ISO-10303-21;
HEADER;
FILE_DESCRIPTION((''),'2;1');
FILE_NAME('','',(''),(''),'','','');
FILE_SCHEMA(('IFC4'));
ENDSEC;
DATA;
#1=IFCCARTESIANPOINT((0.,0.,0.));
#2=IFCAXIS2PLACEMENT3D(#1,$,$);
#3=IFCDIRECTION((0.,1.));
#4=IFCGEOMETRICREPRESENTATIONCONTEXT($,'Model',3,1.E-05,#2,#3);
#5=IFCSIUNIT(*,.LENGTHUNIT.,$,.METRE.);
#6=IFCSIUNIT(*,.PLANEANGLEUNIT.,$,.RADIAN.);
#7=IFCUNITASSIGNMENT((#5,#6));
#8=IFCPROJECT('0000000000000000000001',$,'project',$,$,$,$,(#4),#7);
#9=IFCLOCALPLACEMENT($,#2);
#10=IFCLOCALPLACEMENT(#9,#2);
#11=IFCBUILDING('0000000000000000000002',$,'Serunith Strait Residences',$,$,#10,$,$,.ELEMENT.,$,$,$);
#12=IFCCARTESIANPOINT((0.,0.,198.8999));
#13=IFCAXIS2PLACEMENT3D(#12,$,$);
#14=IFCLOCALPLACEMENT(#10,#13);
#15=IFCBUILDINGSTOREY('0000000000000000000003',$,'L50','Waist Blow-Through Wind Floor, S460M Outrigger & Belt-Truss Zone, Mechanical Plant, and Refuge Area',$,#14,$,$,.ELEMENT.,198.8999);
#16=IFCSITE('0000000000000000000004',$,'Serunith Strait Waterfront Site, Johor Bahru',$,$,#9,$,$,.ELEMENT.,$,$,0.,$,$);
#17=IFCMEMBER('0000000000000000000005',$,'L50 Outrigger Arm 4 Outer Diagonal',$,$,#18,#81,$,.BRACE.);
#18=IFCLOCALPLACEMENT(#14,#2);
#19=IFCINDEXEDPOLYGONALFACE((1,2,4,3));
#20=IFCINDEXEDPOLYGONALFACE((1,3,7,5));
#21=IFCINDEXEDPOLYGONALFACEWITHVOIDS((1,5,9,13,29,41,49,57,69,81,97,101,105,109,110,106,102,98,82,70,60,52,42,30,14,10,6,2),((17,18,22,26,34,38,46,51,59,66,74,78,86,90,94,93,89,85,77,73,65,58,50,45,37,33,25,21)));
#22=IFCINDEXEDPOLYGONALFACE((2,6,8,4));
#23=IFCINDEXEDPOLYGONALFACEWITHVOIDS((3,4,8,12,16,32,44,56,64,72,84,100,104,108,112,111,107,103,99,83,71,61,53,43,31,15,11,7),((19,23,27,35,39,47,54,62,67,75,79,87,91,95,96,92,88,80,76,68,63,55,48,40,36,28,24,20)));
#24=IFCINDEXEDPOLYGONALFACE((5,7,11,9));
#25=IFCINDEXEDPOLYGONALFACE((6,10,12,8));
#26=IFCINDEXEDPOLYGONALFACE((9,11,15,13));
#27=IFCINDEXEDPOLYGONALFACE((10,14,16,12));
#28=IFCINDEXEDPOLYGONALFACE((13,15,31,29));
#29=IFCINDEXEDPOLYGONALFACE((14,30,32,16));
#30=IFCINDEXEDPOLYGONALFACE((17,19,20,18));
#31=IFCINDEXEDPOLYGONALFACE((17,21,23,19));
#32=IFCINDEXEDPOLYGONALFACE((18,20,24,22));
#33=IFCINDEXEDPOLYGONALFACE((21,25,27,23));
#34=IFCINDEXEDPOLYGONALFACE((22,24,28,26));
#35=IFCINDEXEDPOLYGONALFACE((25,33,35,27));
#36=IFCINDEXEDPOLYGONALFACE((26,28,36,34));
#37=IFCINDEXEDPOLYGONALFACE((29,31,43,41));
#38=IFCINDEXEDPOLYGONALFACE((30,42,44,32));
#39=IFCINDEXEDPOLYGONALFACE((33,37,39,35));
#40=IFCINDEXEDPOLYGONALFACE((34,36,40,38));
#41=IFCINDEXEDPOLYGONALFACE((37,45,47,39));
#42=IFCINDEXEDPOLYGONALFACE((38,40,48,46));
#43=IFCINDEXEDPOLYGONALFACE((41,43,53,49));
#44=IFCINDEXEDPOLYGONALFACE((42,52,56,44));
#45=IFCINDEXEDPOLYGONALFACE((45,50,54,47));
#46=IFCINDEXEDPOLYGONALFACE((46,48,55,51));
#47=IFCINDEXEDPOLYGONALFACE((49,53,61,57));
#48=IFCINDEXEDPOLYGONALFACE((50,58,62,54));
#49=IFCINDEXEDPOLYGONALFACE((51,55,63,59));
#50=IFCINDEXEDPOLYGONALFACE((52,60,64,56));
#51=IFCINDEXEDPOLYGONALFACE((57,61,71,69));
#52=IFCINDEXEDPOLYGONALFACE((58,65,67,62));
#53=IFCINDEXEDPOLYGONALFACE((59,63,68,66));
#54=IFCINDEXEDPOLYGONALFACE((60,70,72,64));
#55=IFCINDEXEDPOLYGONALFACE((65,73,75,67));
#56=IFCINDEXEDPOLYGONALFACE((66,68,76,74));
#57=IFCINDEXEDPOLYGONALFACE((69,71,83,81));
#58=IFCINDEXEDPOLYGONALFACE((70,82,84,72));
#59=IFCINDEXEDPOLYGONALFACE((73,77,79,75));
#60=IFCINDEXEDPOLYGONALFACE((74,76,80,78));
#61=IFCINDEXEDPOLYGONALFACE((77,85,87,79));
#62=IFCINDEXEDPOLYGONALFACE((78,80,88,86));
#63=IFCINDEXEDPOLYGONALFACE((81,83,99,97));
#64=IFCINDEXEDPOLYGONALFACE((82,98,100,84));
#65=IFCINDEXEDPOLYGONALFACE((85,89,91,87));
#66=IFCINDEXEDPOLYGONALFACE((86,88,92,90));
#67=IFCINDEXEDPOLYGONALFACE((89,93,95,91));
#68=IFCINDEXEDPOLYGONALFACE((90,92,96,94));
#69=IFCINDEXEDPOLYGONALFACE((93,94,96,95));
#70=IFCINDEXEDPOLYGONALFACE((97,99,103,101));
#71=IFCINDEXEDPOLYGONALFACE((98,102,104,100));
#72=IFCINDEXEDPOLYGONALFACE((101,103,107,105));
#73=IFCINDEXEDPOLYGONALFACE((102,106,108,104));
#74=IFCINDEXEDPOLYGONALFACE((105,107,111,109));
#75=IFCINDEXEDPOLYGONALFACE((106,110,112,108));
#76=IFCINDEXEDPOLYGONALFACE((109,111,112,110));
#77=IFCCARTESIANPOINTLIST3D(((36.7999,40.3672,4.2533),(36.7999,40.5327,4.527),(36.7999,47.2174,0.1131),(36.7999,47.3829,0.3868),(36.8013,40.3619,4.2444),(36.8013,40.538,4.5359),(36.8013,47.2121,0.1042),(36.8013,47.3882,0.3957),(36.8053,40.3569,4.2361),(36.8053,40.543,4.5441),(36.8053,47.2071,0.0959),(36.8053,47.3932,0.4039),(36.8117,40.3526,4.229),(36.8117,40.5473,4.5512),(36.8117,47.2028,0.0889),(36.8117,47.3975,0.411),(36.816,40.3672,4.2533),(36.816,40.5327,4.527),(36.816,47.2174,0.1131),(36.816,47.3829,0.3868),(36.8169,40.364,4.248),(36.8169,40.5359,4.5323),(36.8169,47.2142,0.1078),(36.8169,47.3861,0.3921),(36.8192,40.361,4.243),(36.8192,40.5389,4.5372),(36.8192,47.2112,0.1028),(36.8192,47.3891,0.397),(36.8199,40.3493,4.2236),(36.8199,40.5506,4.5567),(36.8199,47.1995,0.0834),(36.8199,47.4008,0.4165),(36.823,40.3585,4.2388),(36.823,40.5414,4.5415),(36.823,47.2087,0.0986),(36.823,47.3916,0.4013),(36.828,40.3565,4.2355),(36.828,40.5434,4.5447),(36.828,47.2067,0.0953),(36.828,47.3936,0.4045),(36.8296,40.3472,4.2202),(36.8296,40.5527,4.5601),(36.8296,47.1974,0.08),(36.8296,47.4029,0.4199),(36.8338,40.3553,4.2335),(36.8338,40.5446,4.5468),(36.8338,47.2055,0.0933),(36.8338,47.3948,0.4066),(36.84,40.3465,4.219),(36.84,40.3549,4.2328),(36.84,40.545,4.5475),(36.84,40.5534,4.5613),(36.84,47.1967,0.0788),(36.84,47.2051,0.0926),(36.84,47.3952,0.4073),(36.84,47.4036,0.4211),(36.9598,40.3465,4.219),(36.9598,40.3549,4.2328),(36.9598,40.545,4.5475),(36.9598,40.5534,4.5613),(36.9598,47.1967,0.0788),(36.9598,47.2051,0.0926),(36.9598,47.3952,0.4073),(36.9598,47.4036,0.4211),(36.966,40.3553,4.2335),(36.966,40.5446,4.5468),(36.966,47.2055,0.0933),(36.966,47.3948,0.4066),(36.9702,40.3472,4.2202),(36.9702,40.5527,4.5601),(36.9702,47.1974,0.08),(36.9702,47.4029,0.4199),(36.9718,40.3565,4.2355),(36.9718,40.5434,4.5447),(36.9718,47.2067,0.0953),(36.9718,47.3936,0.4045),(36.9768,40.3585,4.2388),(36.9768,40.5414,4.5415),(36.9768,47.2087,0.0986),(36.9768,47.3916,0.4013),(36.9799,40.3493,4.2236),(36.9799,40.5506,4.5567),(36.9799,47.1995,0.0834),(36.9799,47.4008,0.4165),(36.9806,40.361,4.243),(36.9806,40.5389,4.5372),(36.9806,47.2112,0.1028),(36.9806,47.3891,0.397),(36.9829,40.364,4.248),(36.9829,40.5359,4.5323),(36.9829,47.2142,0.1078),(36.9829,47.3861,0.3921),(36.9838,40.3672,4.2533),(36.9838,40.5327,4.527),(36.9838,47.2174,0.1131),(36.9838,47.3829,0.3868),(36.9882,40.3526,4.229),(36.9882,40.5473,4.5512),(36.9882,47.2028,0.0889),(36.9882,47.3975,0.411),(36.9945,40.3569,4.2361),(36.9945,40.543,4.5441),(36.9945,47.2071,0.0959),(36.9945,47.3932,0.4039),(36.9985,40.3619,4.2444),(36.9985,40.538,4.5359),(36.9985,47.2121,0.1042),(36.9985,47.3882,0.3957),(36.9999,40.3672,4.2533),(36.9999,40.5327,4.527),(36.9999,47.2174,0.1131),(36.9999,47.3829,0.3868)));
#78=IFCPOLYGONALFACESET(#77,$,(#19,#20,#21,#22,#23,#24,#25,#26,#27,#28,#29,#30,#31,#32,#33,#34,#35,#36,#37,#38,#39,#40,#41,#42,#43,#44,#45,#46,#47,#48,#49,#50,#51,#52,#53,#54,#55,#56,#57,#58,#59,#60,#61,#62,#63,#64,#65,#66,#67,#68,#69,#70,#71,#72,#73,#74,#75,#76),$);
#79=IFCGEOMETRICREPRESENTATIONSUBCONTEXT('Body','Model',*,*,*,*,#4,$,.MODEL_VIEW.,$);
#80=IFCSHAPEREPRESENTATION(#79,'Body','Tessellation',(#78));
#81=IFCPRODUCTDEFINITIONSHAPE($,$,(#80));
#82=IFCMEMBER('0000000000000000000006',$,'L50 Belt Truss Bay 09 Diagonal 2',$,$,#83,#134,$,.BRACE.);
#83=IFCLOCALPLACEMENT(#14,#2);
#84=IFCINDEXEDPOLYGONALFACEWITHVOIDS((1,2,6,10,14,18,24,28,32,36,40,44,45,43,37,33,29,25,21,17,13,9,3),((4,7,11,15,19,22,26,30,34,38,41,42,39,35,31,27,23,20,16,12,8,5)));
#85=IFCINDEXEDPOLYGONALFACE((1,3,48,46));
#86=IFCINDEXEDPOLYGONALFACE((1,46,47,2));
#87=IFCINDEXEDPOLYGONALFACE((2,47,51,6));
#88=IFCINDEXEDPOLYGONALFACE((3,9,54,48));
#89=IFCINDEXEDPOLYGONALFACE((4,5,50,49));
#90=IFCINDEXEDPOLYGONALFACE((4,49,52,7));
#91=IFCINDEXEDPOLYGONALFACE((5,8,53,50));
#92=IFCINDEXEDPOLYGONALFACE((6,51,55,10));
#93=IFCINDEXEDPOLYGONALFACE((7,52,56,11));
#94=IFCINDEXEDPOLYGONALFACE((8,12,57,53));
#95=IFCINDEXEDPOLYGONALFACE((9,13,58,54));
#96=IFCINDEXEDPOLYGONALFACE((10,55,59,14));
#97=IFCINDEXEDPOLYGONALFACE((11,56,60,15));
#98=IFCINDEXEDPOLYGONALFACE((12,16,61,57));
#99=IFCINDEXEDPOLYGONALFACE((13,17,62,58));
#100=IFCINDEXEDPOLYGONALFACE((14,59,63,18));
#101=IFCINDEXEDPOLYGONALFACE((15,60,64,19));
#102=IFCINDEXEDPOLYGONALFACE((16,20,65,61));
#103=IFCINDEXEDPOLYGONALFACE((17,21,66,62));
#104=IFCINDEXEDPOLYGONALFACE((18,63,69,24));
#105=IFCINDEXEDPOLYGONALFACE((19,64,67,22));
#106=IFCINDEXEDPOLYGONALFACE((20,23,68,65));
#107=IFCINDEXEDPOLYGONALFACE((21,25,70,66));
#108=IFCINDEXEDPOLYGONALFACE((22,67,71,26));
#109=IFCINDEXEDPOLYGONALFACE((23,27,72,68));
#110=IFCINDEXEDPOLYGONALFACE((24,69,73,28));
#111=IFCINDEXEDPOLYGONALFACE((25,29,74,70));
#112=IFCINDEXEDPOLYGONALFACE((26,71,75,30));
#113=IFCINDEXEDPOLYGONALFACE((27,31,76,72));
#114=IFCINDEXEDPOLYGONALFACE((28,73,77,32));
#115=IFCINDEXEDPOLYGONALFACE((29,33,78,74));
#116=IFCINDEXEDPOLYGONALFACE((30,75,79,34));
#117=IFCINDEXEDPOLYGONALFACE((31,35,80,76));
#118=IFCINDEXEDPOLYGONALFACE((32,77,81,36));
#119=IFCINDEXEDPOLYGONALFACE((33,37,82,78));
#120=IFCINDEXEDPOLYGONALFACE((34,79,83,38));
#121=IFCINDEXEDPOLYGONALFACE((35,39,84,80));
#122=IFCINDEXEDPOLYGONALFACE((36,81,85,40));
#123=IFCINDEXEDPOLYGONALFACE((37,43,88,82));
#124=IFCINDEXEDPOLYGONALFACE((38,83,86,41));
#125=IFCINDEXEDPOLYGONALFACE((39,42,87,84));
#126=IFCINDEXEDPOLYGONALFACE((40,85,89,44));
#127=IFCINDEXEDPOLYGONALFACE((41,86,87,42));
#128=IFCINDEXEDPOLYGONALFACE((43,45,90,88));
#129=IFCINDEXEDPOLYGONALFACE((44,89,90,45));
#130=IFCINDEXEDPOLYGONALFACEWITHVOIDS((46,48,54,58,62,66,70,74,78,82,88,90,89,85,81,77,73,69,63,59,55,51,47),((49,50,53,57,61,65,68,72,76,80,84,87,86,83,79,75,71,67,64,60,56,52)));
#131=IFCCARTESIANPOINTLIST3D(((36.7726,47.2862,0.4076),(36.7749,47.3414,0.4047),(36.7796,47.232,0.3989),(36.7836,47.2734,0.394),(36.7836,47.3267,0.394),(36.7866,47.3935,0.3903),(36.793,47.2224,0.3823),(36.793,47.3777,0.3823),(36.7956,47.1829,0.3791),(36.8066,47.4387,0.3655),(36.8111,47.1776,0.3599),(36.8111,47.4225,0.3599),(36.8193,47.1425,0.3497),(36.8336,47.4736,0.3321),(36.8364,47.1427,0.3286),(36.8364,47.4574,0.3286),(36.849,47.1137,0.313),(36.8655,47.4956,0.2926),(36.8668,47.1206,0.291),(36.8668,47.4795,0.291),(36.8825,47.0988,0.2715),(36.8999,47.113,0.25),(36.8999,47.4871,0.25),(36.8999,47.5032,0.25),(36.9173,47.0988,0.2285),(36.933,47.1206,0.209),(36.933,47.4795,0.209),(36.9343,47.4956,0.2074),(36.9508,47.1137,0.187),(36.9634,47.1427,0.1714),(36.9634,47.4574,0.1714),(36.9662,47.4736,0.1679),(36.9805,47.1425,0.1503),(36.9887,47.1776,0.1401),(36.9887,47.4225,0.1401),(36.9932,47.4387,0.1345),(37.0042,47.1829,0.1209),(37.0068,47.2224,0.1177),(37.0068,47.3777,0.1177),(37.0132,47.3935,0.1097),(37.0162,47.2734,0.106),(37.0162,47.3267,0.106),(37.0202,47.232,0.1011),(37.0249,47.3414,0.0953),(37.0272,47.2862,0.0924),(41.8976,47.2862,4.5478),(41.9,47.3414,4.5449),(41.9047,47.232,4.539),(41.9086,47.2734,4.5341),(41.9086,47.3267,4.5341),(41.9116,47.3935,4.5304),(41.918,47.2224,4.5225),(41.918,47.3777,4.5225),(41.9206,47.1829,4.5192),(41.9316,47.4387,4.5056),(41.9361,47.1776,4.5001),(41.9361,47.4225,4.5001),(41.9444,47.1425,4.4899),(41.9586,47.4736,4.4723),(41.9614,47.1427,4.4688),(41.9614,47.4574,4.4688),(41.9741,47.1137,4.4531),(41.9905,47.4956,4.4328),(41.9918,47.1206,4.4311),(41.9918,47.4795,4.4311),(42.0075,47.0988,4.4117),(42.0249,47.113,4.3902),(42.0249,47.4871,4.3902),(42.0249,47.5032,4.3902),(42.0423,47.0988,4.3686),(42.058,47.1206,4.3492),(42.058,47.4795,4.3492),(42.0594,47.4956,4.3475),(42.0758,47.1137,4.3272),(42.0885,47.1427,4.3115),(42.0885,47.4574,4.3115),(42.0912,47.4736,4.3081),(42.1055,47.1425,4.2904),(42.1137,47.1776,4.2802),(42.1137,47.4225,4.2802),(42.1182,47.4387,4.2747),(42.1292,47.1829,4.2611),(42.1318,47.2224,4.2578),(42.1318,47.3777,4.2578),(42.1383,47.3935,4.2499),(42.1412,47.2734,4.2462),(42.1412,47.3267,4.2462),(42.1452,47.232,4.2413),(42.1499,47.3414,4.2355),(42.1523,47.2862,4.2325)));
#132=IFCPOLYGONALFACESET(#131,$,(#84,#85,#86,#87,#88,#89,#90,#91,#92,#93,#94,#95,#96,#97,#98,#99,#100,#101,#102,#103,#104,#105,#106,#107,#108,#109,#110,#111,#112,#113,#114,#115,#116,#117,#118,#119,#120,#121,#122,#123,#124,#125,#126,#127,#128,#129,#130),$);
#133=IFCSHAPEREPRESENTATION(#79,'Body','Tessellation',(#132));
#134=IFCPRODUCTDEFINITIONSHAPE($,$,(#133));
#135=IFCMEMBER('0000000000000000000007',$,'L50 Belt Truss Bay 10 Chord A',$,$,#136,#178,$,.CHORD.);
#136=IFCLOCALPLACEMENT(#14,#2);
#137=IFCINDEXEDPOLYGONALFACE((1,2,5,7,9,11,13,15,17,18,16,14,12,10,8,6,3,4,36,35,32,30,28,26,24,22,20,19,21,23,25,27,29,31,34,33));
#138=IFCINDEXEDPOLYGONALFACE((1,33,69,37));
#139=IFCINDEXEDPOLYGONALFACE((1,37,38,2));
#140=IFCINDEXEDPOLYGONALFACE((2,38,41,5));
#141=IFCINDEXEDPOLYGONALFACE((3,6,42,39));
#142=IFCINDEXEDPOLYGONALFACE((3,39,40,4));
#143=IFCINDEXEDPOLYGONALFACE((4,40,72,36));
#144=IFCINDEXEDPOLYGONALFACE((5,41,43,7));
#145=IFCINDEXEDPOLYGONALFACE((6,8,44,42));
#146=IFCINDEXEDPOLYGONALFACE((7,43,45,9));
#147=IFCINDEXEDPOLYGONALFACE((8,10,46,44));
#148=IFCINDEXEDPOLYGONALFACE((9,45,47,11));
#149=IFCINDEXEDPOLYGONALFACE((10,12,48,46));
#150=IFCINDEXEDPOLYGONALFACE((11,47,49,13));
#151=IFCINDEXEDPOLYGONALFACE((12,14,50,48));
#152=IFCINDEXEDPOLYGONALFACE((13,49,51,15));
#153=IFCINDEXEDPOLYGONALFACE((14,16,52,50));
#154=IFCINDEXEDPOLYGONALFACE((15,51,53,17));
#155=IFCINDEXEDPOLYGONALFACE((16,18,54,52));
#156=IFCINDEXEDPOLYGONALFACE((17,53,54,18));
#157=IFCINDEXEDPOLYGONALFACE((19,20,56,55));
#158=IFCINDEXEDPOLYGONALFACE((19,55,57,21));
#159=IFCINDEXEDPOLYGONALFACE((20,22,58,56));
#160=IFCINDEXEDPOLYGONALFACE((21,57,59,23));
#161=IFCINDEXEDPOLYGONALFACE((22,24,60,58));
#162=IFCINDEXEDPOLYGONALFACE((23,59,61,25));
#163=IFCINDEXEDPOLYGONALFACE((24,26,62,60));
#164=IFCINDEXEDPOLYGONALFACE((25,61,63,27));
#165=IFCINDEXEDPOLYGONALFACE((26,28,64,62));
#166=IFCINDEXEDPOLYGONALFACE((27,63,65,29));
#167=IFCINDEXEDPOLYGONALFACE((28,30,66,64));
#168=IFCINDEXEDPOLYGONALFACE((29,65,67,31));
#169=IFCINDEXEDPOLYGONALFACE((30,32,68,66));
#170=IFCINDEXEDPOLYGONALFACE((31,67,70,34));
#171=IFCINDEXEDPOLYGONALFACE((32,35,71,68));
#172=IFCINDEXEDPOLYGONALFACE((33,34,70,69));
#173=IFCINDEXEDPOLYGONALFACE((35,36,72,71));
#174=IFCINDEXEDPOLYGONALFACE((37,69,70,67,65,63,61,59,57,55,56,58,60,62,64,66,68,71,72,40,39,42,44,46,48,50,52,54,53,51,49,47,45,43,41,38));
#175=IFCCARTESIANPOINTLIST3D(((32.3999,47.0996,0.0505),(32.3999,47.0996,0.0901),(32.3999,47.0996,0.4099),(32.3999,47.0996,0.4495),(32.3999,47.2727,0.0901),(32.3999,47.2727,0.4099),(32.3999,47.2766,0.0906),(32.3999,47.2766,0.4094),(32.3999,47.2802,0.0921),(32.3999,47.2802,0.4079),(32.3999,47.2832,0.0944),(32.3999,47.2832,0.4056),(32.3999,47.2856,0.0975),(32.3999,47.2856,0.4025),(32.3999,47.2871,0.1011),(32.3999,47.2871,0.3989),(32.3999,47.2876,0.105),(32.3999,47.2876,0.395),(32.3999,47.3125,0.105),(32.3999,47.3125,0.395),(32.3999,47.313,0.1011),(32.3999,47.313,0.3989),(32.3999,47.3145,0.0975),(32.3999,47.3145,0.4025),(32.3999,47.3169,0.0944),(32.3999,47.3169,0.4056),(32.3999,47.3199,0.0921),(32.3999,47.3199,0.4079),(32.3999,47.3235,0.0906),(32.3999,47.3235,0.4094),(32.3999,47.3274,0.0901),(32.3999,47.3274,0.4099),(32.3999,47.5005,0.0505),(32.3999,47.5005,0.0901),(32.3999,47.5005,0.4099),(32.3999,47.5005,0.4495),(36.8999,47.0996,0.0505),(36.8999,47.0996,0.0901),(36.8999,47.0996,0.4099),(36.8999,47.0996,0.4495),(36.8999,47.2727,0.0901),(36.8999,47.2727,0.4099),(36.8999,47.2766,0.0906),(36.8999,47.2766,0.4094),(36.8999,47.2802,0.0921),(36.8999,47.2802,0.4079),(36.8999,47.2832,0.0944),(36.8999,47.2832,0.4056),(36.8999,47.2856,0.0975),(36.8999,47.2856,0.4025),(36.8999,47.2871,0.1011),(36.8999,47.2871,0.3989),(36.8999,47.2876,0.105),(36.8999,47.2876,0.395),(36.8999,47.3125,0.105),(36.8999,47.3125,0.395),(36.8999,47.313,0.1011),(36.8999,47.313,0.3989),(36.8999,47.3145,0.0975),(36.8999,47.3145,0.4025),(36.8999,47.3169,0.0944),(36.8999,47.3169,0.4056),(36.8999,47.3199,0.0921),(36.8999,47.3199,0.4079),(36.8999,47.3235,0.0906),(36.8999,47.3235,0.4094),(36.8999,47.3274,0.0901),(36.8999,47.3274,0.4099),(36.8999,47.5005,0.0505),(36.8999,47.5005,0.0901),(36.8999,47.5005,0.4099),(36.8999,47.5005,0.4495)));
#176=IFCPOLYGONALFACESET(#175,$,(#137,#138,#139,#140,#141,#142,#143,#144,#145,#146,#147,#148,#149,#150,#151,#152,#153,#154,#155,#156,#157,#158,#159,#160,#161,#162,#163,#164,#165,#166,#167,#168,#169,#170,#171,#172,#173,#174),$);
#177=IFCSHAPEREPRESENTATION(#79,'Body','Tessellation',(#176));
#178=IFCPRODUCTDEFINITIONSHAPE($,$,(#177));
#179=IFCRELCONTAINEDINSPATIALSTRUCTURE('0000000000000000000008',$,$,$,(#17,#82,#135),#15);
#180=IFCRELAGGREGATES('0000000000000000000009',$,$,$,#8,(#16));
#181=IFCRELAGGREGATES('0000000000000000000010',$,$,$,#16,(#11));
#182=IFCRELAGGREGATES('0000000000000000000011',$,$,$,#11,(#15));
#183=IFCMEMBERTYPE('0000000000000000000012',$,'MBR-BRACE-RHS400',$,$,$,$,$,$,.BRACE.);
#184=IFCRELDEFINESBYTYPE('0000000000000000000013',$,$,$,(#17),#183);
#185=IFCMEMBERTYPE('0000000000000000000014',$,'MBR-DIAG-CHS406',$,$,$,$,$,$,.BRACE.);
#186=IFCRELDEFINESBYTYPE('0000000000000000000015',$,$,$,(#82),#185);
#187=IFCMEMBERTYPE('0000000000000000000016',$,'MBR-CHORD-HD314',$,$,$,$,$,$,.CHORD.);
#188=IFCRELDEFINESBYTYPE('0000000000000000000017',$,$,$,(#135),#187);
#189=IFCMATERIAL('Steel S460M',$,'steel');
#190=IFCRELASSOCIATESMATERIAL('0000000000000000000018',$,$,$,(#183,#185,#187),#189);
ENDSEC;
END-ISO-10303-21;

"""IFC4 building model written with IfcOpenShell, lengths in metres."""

from ifc_helpers import new_model, si_unit, direction, frame, origin, origin_2d, place, context, subcontext, project, spatial, hollow_rectangle, hollow_circle, i_section, extrude, source, transform, mapped, material, material_profile, profile_set, type_object, element, save


model = new_model("IFC4")

# Units and contexts
model_context = context("Model", 3, precision=1e-05, world=origin(), true_north=direction((0.0, 1.0)))
body_context = subcontext(model_context, "Body", "Model", "MODEL_VIEW")
ifc_project = project(units=[si_unit("LENGTHUNIT", "METRE"), si_unit("PLANEANGLEUNIT", "RADIAN")], contexts=[model_context])

# Site, building, storey
site_placement = place(None, origin())
site = spatial("IfcSite", under=ifc_project, at=site_placement, Name="Serunith Strait Waterfront Site, Johor Bahru", CompositionType="ELEMENT", RefElevation=0.0)
building_placement = place(site_placement, origin())
building = spatial("IfcBuilding", under=site, at=building_placement, Name="Serunith Strait Residences", CompositionType="ELEMENT")
storey_placement = place(building_placement, frame((0.0, 0.0, 198.8999)))
storey = spatial("IfcBuildingStorey", under=building, at=storey_placement, Name="L50", Description="Waist Blow-Through Wind Floor, S460M Outrigger & Belt-Truss Zone, Mechanical Plant, and Refuge Area", CompositionType="ELEMENT", Elevation=198.8999)

# Members
ifc_material_1 = material(Name="Steel S460M", Category="steel")
ifc_material_profile_1 = material_profile(ifc_material_1, hollow_rectangle(XDim=0.2, YDim=0.3999, WallThickness=0.0161, InnerFilletRadius=0.0239, OuterFilletRadius=0.04, at=origin_2d()), Name="RHS 400x200x16")
ifc_profile_set_1 = profile_set([ifc_material_profile_1], Name="Steel S460M")
member_type_1 = type_object("IfcMemberType", Name="MBR-BRACE-RHS400", PredefinedType="BRACE", material=ifc_profile_set_1)
shared_shape_1 = source(origin(), body_context, "Body", "SweptSolid", [
    extrude(hollow_rectangle(XDim=0.2, YDim=0.3999, WallThickness=0.0161, InnerFilletRadius=0.0239, OuterFilletRadius=0.04, at=origin_2d()), origin(), (0.0, 0.0, 1.0), 8.0042),
])
member_1_placement = place(storey_placement, frame((36.8999, 40.45, 4.3901), z_axis=(0.0, 0.855831, -0.517256), x_axis=(-1.0, 0.0, 0.0)))
element("IfcMember", 1, at=member_1_placement, inside=storey, type_object=member_type_1, Name="L50 Outrigger Arm 4 Outer Diagonal", PredefinedType="BRACE", context=body_context, shape_type="MappedRepresentation", body=[
    mapped(shared_shape_1, transform((0.0, 0.0, 0.0), scale=1.0)),
])
ifc_material_profile_2 = material_profile(ifc_material_1, hollow_circle(Radius=0.2031, WallThickness=0.0161, at=origin_2d()), Name="CHS 406.4x16")
ifc_profile_set_2 = profile_set([ifc_material_profile_2], Name="Steel S460M")
member_type_2 = type_object("IfcMemberType", Name="MBR-DIAG-CHS406", PredefinedType="BRACE", material=ifc_profile_set_2)
shared_shape_2 = source(origin(), body_context, "Body", "SweptSolid", [
    extrude(hollow_circle(Radius=0.2031, WallThickness=0.0161, at=origin_2d()), origin(), (0.0, 0.0, 1.0), 6.5884),
])
member_2_placement = place(storey_placement, frame((36.8999, 47.3, 0.25), z_axis=(0.777888, 0.0, 0.628403), x_axis=(0.0, 1.0, 0.0)))
element("IfcMember", 2, at=member_2_placement, inside=storey, type_object=member_type_2, Name="L50 Belt Truss Bay 09 Diagonal 2", PredefinedType="BRACE", context=body_context, shape_type="MappedRepresentation", body=[
    mapped(shared_shape_2, transform((0.0, 0.0, 0.0), scale=1.0)),
])
ifc_material_profile_3 = material_profile(ifc_material_1, i_section(OverallWidth=0.4009, OverallDepth=0.3989, WebThickness=0.0249, FlangeThickness=0.0396, FilletRadius=0.0149, at=origin_2d()), Name="HD 400x314")
ifc_profile_set_3 = profile_set([ifc_material_profile_3], Name="Steel S460M")
member_type_3 = type_object("IfcMemberType", Name="MBR-CHORD-HD314", PredefinedType="CHORD", material=ifc_profile_set_3)
shared_shape_3 = source(origin(), body_context, "Body", "SweptSolid", [
    extrude(i_section(OverallWidth=0.4009, OverallDepth=0.3989, WebThickness=0.0249, FlangeThickness=0.0396, FilletRadius=0.0149, at=origin_2d()), origin(), (0.0, 0.0, 1.0), 4.5),
])
for number, where, z_axis, x_axis, name in (
    (3, (36.8999, 47.3, 0.25), (-1.0, 0.0, 0.0), (0.0, -1.0, 0.0), "L50 Belt Truss Bay 10 Chord A"),
):
    element("IfcMember", number, at=place(storey_placement, frame(where, z_axis=z_axis, x_axis=x_axis)), inside=storey, type_object=member_type_3, Name=name, PredefinedType="CHORD", context=body_context, shape_type="MappedRepresentation", body=[
        mapped(shared_shape_3, transform((0.0, 0.0, 0.0), scale=1.0)),
    ])

save(model, "model.ifc")
